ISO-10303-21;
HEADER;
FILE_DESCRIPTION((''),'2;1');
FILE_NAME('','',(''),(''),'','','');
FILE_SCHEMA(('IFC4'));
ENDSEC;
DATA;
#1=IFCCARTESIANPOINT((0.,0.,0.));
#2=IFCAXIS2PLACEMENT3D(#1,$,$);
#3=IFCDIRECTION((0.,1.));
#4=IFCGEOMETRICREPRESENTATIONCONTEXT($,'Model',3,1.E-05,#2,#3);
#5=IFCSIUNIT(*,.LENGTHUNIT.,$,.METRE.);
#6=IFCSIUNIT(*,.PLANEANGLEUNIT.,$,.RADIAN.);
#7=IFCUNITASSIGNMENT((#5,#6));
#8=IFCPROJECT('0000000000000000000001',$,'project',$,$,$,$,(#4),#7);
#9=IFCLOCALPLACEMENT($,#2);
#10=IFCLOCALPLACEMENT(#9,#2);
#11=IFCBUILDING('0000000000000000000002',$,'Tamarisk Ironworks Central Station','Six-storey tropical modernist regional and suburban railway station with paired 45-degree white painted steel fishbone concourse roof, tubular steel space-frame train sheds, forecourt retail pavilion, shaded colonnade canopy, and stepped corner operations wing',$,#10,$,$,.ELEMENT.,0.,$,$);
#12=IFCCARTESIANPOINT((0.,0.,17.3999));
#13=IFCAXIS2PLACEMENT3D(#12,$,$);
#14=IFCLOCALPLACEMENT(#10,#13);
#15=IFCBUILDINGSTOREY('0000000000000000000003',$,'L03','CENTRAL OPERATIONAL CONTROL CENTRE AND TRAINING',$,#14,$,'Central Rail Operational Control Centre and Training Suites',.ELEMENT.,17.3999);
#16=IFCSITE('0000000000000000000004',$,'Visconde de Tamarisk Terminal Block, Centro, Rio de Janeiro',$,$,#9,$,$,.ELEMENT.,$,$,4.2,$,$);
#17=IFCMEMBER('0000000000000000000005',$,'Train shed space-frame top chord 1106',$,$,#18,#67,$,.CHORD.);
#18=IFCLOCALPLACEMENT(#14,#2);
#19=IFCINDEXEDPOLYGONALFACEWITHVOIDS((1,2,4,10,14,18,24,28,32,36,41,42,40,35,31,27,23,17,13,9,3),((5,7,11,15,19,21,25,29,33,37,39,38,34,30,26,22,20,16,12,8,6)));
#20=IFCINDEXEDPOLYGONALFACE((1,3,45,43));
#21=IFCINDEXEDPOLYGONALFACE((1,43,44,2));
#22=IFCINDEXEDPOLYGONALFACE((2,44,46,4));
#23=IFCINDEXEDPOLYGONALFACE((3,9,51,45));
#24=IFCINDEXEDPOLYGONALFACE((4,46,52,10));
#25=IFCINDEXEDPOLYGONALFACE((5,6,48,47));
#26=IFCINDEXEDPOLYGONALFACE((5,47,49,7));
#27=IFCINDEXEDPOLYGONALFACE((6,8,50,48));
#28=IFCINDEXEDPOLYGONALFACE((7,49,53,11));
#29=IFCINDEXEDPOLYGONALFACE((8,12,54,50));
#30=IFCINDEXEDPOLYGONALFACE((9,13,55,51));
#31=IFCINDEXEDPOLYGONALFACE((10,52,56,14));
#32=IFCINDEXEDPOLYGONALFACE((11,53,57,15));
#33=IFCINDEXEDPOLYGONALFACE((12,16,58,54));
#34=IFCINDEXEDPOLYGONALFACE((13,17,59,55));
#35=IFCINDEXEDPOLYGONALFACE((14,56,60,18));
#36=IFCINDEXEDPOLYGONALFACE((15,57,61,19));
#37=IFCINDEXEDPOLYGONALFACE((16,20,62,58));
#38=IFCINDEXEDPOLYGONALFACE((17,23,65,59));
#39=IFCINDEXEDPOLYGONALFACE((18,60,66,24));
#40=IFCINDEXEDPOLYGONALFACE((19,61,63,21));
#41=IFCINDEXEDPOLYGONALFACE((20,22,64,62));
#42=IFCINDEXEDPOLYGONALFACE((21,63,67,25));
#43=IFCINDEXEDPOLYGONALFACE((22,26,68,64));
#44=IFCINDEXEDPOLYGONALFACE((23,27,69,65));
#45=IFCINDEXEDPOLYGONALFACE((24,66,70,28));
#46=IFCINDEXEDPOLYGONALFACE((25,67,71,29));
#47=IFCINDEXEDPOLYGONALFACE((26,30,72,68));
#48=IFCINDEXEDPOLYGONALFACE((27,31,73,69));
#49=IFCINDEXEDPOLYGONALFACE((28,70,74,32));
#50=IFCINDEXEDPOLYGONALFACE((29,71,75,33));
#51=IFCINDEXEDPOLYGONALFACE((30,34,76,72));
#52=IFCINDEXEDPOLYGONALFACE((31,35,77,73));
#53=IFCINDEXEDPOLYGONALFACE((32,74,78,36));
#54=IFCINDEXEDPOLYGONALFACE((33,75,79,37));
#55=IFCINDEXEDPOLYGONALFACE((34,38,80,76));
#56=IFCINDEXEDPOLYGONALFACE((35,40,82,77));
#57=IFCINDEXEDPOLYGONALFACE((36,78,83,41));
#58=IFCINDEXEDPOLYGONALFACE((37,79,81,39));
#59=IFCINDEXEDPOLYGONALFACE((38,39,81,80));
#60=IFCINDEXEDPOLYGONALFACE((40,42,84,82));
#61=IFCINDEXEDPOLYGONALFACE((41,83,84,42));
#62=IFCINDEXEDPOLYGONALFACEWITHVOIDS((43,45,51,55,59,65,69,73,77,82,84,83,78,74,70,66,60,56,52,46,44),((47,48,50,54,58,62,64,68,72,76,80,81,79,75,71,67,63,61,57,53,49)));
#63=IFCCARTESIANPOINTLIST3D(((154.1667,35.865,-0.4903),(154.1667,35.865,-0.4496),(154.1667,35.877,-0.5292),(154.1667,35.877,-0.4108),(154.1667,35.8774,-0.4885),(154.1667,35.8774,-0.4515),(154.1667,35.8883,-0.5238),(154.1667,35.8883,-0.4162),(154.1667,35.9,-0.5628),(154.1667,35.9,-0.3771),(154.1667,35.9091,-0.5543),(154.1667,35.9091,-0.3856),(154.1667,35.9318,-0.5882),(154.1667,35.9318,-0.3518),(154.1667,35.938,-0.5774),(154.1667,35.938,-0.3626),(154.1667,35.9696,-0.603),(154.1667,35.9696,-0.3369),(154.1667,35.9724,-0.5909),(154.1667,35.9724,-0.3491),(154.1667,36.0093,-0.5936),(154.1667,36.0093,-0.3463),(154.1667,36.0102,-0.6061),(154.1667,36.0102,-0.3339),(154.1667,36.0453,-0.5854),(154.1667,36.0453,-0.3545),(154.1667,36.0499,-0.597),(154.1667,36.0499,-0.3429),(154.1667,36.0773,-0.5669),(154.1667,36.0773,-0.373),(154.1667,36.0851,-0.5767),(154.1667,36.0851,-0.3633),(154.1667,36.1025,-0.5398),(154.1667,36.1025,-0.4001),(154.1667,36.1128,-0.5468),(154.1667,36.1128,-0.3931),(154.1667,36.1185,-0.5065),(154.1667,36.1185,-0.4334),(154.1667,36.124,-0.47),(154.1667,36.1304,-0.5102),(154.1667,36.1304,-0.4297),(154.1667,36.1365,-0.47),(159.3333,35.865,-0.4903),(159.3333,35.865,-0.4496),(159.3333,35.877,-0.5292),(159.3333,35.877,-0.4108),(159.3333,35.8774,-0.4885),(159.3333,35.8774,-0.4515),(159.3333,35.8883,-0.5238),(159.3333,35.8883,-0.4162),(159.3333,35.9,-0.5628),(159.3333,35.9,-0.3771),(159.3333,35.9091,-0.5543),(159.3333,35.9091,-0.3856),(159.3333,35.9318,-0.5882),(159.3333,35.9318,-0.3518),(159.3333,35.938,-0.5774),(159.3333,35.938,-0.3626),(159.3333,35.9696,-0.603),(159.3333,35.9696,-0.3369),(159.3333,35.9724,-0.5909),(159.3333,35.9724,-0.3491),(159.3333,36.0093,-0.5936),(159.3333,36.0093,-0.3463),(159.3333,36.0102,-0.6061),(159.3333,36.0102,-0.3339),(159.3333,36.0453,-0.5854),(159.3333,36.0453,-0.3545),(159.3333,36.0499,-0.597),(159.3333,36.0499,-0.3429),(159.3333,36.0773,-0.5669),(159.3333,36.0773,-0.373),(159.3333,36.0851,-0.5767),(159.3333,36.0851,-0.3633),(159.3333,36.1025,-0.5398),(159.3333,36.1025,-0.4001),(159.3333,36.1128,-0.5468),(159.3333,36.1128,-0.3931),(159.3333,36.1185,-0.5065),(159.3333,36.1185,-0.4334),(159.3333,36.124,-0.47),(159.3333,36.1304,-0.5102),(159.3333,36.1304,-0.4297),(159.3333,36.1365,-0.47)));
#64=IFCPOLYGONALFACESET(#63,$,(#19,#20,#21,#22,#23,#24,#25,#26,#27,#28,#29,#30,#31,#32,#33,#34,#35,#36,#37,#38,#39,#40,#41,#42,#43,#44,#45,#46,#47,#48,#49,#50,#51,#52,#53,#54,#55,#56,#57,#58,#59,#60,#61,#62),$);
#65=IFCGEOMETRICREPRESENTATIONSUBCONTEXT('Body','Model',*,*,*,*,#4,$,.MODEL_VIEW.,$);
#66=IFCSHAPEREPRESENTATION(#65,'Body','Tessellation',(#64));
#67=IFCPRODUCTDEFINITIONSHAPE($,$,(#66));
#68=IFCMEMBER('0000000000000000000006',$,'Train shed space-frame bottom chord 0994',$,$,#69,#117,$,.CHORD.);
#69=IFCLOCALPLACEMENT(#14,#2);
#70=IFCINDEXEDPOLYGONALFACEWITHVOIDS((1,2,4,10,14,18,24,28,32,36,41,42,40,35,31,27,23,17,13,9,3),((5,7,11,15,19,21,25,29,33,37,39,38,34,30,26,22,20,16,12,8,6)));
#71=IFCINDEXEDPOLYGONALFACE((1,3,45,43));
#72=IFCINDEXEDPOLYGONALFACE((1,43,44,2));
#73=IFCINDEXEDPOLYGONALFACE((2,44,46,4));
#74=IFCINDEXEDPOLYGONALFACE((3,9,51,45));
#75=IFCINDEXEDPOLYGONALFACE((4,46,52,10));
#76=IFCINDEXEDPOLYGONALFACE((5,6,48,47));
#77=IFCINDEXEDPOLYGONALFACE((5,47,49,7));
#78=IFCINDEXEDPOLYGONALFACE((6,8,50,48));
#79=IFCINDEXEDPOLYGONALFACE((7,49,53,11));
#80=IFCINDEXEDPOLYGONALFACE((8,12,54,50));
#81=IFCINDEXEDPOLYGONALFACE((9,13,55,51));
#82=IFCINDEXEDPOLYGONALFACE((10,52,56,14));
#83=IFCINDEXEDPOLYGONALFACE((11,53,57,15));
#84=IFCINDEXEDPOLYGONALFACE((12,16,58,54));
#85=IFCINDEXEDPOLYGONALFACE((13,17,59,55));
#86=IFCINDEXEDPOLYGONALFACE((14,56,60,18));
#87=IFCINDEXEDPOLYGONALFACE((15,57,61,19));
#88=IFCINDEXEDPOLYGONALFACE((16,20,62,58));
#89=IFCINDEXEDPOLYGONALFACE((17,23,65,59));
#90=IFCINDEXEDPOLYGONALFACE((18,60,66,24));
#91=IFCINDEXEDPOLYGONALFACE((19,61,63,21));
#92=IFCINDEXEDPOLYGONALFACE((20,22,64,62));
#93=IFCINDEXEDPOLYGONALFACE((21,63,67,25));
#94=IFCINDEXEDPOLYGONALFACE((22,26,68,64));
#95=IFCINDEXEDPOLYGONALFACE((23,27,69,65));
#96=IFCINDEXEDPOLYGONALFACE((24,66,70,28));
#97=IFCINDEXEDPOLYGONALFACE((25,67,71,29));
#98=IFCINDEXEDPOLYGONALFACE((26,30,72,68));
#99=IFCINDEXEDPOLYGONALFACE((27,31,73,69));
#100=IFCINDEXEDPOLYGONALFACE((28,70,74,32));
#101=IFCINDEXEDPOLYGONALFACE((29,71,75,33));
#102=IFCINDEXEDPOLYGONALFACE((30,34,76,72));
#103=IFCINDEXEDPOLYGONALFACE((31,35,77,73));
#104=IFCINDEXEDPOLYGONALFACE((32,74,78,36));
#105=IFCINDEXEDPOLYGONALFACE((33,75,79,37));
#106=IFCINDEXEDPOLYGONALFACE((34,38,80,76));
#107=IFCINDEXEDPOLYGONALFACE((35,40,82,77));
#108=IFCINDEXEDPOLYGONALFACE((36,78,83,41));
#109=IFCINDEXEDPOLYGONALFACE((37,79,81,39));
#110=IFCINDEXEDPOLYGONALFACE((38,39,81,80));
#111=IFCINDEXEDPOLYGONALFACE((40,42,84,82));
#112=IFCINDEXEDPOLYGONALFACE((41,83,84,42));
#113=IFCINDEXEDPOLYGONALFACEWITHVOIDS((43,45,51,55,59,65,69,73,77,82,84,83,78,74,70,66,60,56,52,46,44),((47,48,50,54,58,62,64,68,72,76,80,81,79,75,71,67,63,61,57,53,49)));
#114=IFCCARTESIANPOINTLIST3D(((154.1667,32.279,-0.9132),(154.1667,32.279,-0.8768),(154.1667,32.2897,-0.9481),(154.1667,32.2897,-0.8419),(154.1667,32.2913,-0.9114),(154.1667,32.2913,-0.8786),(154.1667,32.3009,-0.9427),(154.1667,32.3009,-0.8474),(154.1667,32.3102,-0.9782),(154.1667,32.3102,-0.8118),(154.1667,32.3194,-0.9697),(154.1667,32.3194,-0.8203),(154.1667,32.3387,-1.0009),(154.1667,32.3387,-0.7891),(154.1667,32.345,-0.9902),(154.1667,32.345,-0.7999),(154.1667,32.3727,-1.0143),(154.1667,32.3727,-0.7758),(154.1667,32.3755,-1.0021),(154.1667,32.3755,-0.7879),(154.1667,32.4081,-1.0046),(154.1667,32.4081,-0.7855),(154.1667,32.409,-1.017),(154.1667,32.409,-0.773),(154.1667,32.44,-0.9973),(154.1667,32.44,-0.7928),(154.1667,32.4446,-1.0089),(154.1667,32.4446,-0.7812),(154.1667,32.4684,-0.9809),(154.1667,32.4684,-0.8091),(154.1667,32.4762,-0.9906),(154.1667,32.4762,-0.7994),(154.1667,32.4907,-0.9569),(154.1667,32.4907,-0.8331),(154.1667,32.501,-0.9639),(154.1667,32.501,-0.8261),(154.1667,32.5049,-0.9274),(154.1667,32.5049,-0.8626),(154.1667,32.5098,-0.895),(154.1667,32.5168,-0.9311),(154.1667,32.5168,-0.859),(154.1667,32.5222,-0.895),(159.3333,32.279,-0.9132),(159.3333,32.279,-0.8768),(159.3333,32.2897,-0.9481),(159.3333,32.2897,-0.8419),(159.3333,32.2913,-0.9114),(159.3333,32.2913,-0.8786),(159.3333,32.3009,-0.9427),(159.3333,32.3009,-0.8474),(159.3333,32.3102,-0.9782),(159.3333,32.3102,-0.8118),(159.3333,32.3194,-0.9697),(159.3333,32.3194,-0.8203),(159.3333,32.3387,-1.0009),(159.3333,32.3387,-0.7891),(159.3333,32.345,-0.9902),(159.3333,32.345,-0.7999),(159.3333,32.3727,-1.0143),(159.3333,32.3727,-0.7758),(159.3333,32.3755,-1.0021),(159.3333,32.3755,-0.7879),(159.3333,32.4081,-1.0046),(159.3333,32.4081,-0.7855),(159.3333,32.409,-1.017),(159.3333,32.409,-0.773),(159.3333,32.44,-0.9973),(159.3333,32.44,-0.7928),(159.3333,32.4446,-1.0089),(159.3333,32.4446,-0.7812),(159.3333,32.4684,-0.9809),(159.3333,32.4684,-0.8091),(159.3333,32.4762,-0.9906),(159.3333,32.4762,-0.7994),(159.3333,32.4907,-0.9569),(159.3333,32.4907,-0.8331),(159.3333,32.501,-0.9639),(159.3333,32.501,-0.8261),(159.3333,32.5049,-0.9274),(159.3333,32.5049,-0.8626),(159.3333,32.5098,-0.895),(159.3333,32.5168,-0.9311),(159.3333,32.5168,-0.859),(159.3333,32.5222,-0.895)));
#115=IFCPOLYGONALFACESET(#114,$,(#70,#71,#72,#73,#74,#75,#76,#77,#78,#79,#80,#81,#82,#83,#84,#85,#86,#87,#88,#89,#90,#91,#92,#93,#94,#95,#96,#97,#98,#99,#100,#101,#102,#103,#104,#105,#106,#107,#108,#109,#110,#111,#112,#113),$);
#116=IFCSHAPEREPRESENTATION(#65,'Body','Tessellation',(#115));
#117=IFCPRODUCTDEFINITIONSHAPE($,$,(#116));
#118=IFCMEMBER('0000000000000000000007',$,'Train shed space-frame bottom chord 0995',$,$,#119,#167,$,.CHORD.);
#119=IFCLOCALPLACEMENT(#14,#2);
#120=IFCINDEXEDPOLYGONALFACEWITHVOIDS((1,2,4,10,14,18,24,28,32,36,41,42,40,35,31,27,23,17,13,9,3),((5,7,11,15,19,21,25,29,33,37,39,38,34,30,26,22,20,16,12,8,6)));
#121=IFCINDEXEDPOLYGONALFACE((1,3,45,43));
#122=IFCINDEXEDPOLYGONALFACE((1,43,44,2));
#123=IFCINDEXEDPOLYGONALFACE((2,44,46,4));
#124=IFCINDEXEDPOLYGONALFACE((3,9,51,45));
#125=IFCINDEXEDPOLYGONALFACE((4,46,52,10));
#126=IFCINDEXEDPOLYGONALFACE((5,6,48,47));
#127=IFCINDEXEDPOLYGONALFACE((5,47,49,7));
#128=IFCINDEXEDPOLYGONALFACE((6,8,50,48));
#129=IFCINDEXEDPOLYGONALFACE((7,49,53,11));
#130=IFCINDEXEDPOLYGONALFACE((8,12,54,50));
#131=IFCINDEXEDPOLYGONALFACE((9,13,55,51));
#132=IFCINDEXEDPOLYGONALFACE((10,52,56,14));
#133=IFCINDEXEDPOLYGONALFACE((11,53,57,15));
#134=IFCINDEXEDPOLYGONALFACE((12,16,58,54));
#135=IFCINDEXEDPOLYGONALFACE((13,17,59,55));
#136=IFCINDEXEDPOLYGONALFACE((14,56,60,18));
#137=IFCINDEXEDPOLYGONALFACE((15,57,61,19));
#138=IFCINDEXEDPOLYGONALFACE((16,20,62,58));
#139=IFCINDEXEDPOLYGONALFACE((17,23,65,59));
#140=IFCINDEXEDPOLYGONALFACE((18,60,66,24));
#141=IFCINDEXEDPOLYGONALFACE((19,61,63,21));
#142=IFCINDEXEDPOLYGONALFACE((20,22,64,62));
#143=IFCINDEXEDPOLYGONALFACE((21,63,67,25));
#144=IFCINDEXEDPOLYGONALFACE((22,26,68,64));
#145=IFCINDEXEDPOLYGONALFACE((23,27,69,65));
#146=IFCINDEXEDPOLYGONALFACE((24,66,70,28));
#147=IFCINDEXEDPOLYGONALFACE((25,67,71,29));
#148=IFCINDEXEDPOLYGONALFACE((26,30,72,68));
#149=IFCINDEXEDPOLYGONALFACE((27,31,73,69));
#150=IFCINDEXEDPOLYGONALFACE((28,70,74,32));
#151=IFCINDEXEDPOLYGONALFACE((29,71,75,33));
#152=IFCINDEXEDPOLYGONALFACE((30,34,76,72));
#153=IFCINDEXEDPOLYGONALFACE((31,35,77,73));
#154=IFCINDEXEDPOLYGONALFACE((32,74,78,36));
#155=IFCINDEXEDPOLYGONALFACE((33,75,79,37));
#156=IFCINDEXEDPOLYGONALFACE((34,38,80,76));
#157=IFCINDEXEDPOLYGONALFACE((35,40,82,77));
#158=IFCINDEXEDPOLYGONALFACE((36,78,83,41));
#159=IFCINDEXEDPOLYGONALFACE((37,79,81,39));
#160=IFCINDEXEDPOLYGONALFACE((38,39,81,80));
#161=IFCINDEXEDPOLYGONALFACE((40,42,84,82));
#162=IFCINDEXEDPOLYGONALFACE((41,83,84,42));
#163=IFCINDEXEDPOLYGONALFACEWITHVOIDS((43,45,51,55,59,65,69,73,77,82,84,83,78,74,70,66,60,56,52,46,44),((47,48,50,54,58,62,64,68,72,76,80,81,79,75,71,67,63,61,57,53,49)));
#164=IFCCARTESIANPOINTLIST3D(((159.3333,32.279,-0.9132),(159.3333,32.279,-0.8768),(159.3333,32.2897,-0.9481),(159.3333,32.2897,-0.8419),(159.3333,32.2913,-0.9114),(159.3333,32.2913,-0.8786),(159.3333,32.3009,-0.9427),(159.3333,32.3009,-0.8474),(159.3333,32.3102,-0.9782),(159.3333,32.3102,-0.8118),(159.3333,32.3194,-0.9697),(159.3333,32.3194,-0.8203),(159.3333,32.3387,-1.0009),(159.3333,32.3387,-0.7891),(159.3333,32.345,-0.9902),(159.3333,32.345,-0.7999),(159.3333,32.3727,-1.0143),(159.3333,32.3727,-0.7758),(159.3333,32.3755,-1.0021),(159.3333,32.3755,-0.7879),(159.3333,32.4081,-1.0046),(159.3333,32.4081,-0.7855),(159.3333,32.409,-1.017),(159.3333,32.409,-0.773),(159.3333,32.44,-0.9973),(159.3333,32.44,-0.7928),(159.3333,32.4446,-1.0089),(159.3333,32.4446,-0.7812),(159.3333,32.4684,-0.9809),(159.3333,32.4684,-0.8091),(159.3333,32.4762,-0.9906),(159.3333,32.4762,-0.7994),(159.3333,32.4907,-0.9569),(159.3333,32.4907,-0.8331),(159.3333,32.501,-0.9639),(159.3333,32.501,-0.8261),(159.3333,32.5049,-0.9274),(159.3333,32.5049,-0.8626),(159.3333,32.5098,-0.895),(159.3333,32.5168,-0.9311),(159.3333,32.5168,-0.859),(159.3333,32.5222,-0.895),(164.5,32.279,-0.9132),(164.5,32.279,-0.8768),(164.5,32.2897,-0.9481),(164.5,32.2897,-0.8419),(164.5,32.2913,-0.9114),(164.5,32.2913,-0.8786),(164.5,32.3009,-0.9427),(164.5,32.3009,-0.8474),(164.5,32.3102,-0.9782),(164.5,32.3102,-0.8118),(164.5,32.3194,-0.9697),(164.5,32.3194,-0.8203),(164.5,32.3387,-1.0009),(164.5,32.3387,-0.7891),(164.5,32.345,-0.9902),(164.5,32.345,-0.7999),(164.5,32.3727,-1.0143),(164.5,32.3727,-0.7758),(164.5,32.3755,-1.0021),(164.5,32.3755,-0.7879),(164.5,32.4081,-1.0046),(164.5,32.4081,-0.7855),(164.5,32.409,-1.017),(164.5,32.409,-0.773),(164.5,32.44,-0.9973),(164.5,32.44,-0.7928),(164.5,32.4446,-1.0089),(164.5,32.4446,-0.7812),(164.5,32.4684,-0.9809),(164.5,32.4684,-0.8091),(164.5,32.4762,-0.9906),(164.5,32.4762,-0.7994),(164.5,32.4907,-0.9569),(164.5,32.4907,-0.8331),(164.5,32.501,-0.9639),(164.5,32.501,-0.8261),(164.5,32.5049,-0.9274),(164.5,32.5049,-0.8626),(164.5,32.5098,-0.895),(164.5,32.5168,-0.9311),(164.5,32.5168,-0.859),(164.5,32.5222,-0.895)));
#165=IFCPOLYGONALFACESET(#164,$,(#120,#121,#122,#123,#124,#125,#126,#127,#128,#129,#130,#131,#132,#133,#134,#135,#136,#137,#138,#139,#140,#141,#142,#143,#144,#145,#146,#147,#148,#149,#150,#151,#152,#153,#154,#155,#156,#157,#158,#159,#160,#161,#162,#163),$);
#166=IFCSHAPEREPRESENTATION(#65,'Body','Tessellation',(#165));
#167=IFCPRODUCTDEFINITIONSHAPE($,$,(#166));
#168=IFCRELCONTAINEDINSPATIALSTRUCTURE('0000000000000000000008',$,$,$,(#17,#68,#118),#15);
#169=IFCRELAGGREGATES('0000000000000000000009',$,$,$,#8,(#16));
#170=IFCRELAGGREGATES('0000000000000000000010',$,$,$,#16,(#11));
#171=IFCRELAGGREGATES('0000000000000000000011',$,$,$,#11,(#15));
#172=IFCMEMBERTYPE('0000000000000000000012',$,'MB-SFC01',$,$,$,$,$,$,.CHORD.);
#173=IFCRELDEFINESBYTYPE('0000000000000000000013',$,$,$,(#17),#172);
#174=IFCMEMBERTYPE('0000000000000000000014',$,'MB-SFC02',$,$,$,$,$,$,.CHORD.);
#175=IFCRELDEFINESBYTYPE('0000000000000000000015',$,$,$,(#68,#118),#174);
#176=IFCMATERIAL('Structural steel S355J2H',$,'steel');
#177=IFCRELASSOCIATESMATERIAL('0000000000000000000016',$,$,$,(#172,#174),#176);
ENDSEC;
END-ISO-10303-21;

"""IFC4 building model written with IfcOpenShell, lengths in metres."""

from ifc_helpers import new_model, si_unit, direction, frame, origin, origin_2d, place, context, subcontext, project, spatial, hollow_circle, extrude, material, material_profile, profile_set, type_object, element, save


model = new_model("IFC4")

# Units and contexts
model_context = context("Model", 3, precision=1e-05, world=origin(), true_north=direction((0.0, 1.0)))
body_context = subcontext(model_context, "Body", "Model", "MODEL_VIEW")
ifc_project = project(units=[si_unit("LENGTHUNIT", "METRE"), si_unit("PLANEANGLEUNIT", "RADIAN")], contexts=[model_context])

# Site, building, storey
site_placement = place(None, origin())
site = spatial("IfcSite", under=ifc_project, at=site_placement, Name="Visconde de Tamarisk Terminal Block, Centro, Rio de Janeiro", CompositionType="ELEMENT", RefElevation=4.2)
building_placement = place(site_placement, origin())
building = spatial("IfcBuilding", under=site, at=building_placement, Name="Tamarisk Ironworks Central Station", Description="Six-storey tropical modernist regional and suburban railway station with paired 45-degree white painted steel fishbone concourse roof, tubular steel space-frame train sheds, forecourt retail pavilion, shaded colonnade canopy, and stepped corner operations wing", CompositionType="ELEMENT", ElevationOfRefHeight=0.0)
storey_placement = place(building_placement, frame((0.0, 0.0, 17.3999)))
storey = spatial("IfcBuildingStorey", under=building, at=storey_placement, Name="L03", Description="CENTRAL OPERATIONAL CONTROL CENTRE AND TRAINING", LongName="Central Rail Operational Control Centre and Training Suites", CompositionType="ELEMENT", Elevation=17.3999)

# Members
ifc_material_1 = material(Name="Structural steel S355J2H", Category="steel")
ifc_material_profile_1 = material_profile(ifc_material_1, hollow_circle(Radius=0.1365, WallThickness=0.0125, at=origin_2d()), Name="CHS 273x12.5")
ifc_profile_set_1 = profile_set([ifc_material_profile_1], Name="Structural steel S355J2H")
member_type_1 = type_object("IfcMemberType", Name="MB-SFC01", PredefinedType="CHORD", material=ifc_profile_set_1)
member_1_placement = place(storey_placement, frame((154.1667, 36.0, -0.47), z_axis=(1.0, 0.0, 0.0), x_axis=(0.0, 1.0, 0.0)))
element("IfcMember", 1, at=member_1_placement, inside=storey, type_object=member_type_1, Name="Train shed space-frame top chord 1106", PredefinedType="CHORD", context=body_context, shape_type="SweptSolid", body=[
    extrude(hollow_circle(Radius=0.1365, WallThickness=0.0125, at=origin_2d()), origin(), (0.0, 0.0, 1.0), 5.1665),
])
ifc_material_profile_2 = material_profile(ifc_material_1, hollow_circle(Radius=0.1223, WallThickness=0.0125, at=origin_2d()), Name="CHS 244.5x12.5")
ifc_profile_set_2 = profile_set([ifc_material_profile_2], Name="Structural steel S355J2H")
member_type_2 = type_object("IfcMemberType", Name="MB-SFC02", PredefinedType="CHORD", material=ifc_profile_set_2)
member_2_placement = place(storey_placement, frame((154.1667, 32.3999, -0.895), z_axis=(1.0, 0.0, 0.0), x_axis=(0.0, 1.0, 0.0)))
element("IfcMember", 2, at=member_2_placement, inside=storey, type_object=member_type_2, Name="Train shed space-frame bottom chord 0994", PredefinedType="CHORD", context=body_context, shape_type="SweptSolid", body=[
    extrude(hollow_circle(Radius=0.1223, WallThickness=0.0125, at=origin_2d()), origin(), (0.0, 0.0, 1.0), 5.1665),
])
member_3_placement = place(storey_placement, frame((159.3333, 32.3999, -0.895), z_axis=(1.0, 0.0, 0.0), x_axis=(0.0, 1.0, 0.0)))
element("IfcMember", 3, at=member_3_placement, inside=storey, type_object=member_type_2, Name="Train shed space-frame bottom chord 0995", PredefinedType="CHORD", context=body_context, shape_type="SweptSolid", body=[
    extrude(hollow_circle(Radius=0.1223, WallThickness=0.0125, at=origin_2d()), origin(), (0.0, 0.0, 1.0), 5.1667),
])

save(model, "model.ifc")
